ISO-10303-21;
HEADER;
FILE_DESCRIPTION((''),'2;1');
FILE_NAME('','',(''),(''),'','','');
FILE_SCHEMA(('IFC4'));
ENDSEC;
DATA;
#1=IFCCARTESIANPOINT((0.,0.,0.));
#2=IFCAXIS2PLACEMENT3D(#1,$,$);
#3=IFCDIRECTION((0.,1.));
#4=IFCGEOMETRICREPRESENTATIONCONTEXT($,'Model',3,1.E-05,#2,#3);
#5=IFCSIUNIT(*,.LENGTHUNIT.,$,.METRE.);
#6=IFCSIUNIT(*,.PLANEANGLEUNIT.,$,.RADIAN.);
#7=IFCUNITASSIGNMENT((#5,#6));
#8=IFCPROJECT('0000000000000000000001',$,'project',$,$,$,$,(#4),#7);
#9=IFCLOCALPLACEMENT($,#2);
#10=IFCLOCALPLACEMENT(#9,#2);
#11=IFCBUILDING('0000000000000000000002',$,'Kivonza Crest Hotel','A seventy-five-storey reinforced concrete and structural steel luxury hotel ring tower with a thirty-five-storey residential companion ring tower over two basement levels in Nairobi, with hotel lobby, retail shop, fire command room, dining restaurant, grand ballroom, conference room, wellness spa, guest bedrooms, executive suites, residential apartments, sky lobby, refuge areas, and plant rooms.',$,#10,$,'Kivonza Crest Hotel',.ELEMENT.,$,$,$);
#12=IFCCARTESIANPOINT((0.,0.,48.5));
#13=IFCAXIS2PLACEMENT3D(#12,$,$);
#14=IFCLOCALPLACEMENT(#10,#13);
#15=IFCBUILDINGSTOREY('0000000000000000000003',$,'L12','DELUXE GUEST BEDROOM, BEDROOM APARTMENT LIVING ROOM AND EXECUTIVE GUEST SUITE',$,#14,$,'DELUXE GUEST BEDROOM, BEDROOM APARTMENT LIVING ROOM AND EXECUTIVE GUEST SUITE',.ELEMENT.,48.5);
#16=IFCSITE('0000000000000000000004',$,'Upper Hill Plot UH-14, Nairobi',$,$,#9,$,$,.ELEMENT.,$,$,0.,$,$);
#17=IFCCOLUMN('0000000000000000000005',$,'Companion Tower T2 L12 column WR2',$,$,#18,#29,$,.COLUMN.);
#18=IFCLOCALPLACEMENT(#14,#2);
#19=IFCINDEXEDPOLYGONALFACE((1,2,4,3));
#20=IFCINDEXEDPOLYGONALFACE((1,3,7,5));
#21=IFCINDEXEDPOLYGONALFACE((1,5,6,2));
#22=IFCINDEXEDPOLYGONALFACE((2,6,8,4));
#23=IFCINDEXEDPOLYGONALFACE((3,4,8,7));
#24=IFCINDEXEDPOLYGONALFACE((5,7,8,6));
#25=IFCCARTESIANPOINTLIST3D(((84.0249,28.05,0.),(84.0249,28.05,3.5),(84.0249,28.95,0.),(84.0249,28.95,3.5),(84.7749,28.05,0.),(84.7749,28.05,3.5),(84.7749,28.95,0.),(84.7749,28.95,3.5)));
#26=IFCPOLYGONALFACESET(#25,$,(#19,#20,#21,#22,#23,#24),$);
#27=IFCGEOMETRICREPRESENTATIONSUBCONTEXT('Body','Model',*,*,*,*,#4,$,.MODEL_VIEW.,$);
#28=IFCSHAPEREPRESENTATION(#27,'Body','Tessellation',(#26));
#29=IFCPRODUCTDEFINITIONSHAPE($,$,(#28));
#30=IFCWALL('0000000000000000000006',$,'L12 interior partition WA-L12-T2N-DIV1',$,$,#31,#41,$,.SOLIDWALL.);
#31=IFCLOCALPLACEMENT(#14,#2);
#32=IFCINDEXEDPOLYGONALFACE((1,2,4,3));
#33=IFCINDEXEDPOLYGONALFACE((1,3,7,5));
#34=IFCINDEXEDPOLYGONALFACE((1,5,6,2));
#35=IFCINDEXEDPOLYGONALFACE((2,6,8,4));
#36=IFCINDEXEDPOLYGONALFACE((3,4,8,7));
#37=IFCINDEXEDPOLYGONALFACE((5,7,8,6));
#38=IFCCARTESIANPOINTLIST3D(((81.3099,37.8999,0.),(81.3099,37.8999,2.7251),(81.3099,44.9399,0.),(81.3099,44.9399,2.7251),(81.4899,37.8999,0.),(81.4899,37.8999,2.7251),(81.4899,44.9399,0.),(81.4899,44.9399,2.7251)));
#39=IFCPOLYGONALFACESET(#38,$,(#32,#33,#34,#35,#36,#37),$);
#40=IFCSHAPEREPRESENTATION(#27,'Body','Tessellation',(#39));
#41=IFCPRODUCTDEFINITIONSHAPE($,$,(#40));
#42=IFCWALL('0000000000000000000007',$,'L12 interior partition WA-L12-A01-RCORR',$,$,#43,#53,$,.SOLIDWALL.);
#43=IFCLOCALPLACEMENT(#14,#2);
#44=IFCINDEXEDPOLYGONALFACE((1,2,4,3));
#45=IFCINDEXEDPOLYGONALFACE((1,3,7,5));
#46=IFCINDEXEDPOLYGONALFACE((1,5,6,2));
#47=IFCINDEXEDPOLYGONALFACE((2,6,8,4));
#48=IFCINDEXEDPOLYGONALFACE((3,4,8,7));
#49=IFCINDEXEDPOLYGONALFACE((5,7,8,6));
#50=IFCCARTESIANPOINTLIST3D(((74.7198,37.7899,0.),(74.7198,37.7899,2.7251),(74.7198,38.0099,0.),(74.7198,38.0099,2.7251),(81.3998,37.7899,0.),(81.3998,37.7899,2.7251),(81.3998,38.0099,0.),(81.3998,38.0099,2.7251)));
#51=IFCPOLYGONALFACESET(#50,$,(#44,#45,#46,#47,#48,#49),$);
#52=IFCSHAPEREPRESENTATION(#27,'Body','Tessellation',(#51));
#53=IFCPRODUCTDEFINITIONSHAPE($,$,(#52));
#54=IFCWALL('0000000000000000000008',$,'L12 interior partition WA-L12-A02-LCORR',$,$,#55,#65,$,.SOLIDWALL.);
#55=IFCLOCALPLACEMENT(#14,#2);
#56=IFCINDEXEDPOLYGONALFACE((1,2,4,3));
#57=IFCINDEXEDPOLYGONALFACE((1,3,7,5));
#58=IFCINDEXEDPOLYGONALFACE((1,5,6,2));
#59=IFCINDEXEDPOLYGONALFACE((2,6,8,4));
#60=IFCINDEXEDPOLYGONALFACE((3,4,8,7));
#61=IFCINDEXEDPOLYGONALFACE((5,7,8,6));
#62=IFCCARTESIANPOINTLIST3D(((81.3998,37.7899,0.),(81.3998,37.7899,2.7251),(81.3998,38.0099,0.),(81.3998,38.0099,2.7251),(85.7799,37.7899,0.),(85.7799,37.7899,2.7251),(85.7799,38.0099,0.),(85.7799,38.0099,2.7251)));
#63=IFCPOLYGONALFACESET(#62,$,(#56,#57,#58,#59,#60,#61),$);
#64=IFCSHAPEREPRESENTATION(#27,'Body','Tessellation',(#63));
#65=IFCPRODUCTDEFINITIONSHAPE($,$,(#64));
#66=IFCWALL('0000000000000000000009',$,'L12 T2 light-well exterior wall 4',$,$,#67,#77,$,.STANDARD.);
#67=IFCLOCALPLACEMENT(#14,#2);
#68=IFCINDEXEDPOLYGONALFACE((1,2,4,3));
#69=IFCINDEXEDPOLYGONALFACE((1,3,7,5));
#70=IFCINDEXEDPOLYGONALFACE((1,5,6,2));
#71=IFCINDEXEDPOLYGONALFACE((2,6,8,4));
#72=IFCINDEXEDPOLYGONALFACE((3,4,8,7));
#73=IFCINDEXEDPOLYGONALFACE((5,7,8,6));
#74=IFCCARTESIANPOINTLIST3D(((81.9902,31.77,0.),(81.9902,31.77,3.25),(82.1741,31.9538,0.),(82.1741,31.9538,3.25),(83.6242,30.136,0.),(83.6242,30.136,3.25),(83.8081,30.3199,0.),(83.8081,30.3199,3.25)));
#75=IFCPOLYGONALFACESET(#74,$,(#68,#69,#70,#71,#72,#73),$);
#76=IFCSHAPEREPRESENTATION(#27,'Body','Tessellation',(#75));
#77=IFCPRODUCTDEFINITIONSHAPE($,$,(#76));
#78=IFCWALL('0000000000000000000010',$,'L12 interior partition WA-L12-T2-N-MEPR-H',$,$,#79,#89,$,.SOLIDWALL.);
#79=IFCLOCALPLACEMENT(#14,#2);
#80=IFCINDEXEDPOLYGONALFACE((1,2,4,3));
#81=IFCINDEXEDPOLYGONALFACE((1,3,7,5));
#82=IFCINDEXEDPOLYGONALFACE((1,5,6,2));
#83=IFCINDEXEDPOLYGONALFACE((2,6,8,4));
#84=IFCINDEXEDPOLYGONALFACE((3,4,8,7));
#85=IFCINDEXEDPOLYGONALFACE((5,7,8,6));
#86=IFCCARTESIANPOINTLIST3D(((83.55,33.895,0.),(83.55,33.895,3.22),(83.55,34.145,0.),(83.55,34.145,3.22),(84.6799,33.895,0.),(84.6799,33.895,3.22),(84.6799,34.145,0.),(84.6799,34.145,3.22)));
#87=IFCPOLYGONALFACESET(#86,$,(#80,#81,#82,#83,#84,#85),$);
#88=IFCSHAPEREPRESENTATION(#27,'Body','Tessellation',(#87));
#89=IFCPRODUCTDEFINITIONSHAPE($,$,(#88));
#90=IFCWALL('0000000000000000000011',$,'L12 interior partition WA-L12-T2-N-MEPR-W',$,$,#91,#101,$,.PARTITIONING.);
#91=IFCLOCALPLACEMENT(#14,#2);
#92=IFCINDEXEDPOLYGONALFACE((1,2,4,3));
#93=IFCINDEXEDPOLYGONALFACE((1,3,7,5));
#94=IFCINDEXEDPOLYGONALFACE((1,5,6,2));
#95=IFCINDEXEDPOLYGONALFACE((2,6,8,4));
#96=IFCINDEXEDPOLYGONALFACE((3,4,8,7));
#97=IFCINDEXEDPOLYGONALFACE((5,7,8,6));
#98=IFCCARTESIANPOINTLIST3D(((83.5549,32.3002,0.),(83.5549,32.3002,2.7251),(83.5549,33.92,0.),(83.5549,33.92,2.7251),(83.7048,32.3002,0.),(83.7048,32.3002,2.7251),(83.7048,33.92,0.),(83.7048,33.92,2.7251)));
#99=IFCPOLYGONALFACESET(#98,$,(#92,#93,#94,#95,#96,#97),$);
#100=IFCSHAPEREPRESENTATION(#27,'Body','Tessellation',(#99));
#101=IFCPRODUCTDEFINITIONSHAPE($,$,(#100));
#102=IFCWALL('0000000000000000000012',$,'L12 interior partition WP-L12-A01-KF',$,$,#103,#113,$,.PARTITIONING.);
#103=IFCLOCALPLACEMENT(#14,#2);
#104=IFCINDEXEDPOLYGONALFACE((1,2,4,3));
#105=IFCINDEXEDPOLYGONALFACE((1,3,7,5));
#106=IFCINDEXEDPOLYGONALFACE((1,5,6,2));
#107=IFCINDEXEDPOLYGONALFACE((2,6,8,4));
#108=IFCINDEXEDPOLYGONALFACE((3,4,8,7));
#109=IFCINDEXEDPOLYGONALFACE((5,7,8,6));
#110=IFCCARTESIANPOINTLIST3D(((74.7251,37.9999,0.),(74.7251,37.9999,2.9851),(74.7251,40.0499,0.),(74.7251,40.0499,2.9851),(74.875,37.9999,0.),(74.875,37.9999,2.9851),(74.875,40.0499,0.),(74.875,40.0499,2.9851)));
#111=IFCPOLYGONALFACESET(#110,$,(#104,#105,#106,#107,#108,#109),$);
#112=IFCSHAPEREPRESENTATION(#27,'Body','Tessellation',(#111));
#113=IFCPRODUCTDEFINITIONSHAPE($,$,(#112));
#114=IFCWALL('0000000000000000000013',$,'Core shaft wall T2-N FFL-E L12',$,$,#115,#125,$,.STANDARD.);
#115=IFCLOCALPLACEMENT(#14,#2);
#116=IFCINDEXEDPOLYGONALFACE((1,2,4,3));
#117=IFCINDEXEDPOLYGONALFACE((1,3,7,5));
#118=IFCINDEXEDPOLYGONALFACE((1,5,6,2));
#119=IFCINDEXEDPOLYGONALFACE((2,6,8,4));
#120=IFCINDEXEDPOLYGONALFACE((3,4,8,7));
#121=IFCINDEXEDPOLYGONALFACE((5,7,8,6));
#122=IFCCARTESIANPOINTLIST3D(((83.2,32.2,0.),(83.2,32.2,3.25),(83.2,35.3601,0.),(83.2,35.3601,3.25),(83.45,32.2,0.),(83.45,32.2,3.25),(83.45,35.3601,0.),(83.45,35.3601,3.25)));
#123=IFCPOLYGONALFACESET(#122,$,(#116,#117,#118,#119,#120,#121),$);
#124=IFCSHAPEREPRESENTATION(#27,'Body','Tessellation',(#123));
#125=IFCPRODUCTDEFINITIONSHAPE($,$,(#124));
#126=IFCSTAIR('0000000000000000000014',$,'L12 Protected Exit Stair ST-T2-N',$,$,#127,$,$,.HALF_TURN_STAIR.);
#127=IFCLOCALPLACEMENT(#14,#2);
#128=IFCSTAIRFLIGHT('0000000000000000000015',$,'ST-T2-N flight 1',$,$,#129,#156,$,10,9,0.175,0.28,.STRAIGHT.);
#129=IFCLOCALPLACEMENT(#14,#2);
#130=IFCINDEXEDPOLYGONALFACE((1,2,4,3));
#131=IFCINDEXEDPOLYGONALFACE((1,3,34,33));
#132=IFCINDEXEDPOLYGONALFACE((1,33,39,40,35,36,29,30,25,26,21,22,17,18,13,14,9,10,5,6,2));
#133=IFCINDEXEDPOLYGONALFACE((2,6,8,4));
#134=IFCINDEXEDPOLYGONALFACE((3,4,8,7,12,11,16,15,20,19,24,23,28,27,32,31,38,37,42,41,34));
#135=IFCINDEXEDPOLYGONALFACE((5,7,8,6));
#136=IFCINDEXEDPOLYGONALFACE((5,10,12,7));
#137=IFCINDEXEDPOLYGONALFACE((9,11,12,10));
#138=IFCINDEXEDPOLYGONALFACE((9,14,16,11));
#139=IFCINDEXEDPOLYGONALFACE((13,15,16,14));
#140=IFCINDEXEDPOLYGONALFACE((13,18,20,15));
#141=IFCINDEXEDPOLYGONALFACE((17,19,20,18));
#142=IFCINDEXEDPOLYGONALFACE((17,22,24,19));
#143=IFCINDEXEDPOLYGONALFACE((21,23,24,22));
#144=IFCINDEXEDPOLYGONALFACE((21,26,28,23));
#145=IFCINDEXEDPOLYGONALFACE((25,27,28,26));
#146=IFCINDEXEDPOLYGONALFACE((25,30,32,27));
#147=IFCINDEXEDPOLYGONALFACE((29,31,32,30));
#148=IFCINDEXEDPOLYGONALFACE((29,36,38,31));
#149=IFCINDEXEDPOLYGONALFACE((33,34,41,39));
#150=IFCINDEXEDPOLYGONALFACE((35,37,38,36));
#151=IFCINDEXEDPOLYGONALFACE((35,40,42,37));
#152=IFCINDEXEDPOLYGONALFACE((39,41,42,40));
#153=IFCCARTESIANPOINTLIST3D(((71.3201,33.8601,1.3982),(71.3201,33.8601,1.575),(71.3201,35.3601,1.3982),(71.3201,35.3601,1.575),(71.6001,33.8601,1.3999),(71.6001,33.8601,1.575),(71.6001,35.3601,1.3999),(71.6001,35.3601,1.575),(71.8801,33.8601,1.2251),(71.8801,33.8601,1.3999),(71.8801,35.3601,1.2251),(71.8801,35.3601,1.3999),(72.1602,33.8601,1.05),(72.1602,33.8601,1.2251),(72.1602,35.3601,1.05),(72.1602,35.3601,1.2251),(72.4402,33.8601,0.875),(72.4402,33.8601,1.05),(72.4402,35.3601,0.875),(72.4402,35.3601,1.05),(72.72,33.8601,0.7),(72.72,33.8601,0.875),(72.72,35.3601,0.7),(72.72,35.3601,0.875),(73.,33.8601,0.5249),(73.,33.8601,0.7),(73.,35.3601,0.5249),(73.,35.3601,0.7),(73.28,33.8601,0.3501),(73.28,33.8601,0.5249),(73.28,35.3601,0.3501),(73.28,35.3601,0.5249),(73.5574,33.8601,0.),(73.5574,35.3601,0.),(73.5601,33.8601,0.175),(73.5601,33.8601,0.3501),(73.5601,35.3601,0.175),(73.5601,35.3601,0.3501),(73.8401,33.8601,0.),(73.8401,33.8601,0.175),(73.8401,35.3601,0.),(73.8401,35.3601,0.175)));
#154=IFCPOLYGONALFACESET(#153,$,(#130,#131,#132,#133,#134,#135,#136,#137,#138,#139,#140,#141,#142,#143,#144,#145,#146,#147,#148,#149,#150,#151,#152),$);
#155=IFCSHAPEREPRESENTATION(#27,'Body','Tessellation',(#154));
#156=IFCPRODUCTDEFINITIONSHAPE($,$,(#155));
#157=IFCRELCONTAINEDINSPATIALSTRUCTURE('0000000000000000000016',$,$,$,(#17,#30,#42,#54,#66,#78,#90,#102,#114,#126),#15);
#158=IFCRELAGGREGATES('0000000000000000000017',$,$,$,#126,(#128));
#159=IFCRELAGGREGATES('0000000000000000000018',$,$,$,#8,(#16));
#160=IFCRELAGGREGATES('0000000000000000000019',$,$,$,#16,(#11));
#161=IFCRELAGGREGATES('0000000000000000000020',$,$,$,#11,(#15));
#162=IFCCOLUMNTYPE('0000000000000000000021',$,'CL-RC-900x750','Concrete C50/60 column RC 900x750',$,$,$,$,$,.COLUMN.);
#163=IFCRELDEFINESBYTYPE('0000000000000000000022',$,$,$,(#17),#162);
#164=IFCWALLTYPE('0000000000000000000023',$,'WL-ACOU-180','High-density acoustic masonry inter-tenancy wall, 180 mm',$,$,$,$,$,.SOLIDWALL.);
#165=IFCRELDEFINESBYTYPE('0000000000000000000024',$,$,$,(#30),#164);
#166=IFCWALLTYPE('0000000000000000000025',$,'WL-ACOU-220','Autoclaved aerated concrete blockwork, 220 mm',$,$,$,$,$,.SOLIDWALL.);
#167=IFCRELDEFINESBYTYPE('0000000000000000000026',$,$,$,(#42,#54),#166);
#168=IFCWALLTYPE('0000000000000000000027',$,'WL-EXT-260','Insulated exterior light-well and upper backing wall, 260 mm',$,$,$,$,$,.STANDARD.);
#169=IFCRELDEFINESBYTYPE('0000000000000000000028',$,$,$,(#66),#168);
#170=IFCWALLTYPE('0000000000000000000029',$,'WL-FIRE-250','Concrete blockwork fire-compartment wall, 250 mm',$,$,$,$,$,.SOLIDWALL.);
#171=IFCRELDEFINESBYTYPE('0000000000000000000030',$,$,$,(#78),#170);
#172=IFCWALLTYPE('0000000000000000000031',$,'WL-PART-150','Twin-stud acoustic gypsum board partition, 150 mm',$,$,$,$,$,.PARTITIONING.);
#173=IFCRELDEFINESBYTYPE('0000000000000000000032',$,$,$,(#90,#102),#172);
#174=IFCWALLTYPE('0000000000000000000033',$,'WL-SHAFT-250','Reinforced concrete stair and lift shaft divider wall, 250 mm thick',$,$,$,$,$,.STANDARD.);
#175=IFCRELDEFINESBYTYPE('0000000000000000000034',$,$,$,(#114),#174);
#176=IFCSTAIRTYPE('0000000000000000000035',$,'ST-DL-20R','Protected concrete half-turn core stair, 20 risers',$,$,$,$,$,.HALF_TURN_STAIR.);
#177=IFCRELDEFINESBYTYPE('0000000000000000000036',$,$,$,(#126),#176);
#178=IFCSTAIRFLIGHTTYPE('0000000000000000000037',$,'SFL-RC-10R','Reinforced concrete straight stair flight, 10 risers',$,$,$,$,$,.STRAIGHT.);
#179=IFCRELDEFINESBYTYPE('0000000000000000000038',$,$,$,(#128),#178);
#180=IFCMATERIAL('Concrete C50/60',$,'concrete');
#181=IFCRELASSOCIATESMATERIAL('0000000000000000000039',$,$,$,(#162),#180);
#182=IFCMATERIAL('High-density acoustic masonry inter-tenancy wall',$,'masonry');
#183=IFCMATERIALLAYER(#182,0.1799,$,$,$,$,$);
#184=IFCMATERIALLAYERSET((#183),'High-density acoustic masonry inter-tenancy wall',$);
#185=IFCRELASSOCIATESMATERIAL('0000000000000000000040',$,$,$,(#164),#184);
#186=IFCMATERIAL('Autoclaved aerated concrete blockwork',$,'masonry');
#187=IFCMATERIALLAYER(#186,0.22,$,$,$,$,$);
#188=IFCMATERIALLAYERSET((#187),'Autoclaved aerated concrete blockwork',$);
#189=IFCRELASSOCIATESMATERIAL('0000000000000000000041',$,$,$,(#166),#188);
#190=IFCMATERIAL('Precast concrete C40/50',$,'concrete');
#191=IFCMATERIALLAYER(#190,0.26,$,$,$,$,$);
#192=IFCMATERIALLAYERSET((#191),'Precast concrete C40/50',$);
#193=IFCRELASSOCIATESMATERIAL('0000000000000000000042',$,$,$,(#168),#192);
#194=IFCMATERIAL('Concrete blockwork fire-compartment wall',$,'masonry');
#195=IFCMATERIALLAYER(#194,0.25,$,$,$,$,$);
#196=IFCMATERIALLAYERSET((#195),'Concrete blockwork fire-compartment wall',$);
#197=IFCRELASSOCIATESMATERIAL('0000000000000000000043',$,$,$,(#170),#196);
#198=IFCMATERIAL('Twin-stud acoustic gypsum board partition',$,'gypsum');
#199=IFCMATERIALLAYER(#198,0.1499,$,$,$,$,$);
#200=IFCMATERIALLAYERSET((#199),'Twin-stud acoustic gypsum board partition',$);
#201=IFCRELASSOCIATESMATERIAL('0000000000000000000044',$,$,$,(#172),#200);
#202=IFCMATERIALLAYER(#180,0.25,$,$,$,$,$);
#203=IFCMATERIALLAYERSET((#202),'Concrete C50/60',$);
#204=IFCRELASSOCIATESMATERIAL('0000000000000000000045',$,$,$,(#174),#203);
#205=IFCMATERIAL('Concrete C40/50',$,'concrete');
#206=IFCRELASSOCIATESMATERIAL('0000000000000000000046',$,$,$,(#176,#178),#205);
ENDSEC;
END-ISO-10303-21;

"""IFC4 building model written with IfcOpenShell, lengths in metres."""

from ifc_helpers import new_model, si_unit, direction, frame, frame_2d, origin, origin_2d, place, context, subcontext, project, spatial, polyline, rectangle, outline, extrude, material, layer, layer_set, material_profile, profile_set, type_object, element, aggregate, save


model = new_model("IFC4")

# Units and contexts
model_context = context("Model", 3, precision=1e-05, world=origin(), true_north=direction((0.0, 1.0)))
body_context = subcontext(model_context, "Body", "Model", "MODEL_VIEW")
ifc_project = project(units=[si_unit("LENGTHUNIT", "METRE"), si_unit("PLANEANGLEUNIT", "RADIAN")], contexts=[model_context])

# Site, building, storey
site_placement = place(None, origin())
site = spatial("IfcSite", under=ifc_project, at=site_placement, Name="Upper Hill Plot UH-14, Nairobi", CompositionType="ELEMENT", RefElevation=0.0)
building_placement = place(site_placement, origin())
building = spatial("IfcBuilding", under=site, at=building_placement, Name="Kivonza Crest Hotel", Description="A seventy-five-storey reinforced concrete and structural steel luxury hotel ring tower with a thirty-five-storey residential companion ring tower over two basement levels in Nairobi, with hotel lobby, retail shop, fire command room, dining restaurant, grand ballroom, conference room, wellness spa, guest bedrooms, executive suites, residential apartments, sky lobby, refuge areas, and plant rooms.", LongName="Kivonza Crest Hotel", CompositionType="ELEMENT")
storey_placement = place(building_placement, frame((0.0, 0.0, 48.5)))
storey = spatial("IfcBuildingStorey", under=building, at=storey_placement, Name="L12", Description="DELUXE GUEST BEDROOM, BEDROOM APARTMENT LIVING ROOM AND EXECUTIVE GUEST SUITE", LongName="DELUXE GUEST BEDROOM, BEDROOM APARTMENT LIVING ROOM AND EXECUTIVE GUEST SUITE", CompositionType="ELEMENT", Elevation=48.5)

# Column
ifc_material_1 = material(Name="Concrete C50/60", Category="concrete")
ifc_material_profile = material_profile(ifc_material_1, rectangle(XDim=0.75, YDim=0.8999, at=origin_2d()), Name="RC 900x750")
ifc_profile_set = profile_set([ifc_material_profile], Name="Concrete C50/60")
column_type = type_object("IfcColumnType", Name="CL-RC-900x750", Description="Concrete C50/60 column RC 900x750", PredefinedType="COLUMN", material=ifc_profile_set)
column_placement = place(storey_placement, frame((84.3999, 28.5, 0.0), z_axis=(0.0, 0.0, 1.0), x_axis=(1.0, 0.0, 0.0)))
element("IfcColumn", 1, at=column_placement, inside=storey, type_object=column_type, Name="Companion Tower T2 L12 column WR2", PredefinedType="COLUMN", context=body_context, shape_type="SweptSolid", body=[
    extrude(rectangle(XDim=0.75, YDim=0.8999, at=origin_2d()), origin(), (0.0, 0.0, 1.0), 3.5),
])

# Walls
ifc_material_2 = material(Name="High-density acoustic masonry inter-tenancy wall", Category="masonry")
ifc_layer_1 = layer(ifc_material_2, 0.1799)
ifc_layer_set_1 = layer_set([ifc_layer_1], Name="High-density acoustic masonry inter-tenancy wall")
wall_type_1 = type_object("IfcWallType", Name="WL-ACOU-180", Description="High-density acoustic masonry inter-tenancy wall, 180 mm", PredefinedType="SOLIDWALL", material=ifc_layer_set_1)
wall_1_placement = place(storey_placement, frame((81.3999, 37.8999, 0.0), z_axis=(0.0, 0.0, 1.0), x_axis=(0.0, 1.0, 0.0)))
element("IfcWall", 2, at=wall_1_placement, inside=storey, type_object=wall_type_1, Name="L12 interior partition WA-L12-T2N-DIV1", PredefinedType="SOLIDWALL", context=body_context, shape_type="SweptSolid", body=[
    extrude(rectangle(XDim=7.04, YDim=0.1799, at=frame_2d((3.52, 0.0))), origin(), (0.0, 0.0, 1.0), 2.7251),
])
ifc_material_3 = material(Name="Autoclaved aerated concrete blockwork", Category="masonry")
ifc_layer_2 = layer(ifc_material_3, 0.22)
ifc_layer_set_2 = layer_set([ifc_layer_2], Name="Autoclaved aerated concrete blockwork")
wall_type_2 = type_object("IfcWallType", Name="WL-ACOU-220", Description="Autoclaved aerated concrete blockwork, 220 mm", PredefinedType="SOLIDWALL", material=ifc_layer_set_2)
wall_2_placement = place(storey_placement, frame((74.72, 37.8999, 0.0), z_axis=(0.0, 0.0, 1.0), x_axis=(1.0, 0.0, 0.0)))
element("IfcWall", 3, at=wall_2_placement, inside=storey, type_object=wall_type_2, Name="L12 interior partition WA-L12-A01-RCORR", PredefinedType="SOLIDWALL", context=body_context, shape_type="SweptSolid", body=[
    extrude(rectangle(XDim=6.6799, YDim=0.22, at=frame_2d((3.3398, 0.0))), origin(), (0.0, 0.0, 1.0), 2.7251),
])
wall_3_placement = place(storey_placement, frame((81.3999, 37.8999, 0.0), z_axis=(0.0, 0.0, 1.0), x_axis=(1.0, 0.0, 0.0)))
element("IfcWall", 4, at=wall_3_placement, inside=storey, type_object=wall_type_2, Name="L12 interior partition WA-L12-A02-LCORR", PredefinedType="SOLIDWALL", context=body_context, shape_type="SweptSolid", body=[
    extrude(rectangle(XDim=4.3801, YDim=0.22, at=frame_2d((2.1899, 0.0))), origin(), (0.0, 0.0, 1.0), 2.7251),
])
ifc_material_4 = material(Name="Precast concrete C40/50", Category="concrete")
ifc_layer_3 = layer(ifc_material_4, 0.26)
ifc_layer_set_3 = layer_set([ifc_layer_3], Name="Precast concrete C40/50")
wall_type_3 = type_object("IfcWallType", Name="WL-EXT-260", Description="Insulated exterior light-well and upper backing wall, 260 mm", PredefinedType="STANDARD", material=ifc_layer_set_3)
wall_4_placement = place(storey_placement, frame((83.7161, 30.228, 0.0), z_axis=(0.0, 0.0, 1.0), x_axis=(-0.707107, 0.707107, 0.0)))
element("IfcWall", 5, at=wall_4_placement, inside=storey, type_object=wall_type_3, Name="L12 T2 light-well exterior wall 4", PredefinedType="STANDARD", context=body_context, shape_type="SweptSolid", body=[
    extrude(rectangle(XDim=2.3108, YDim=0.26, at=frame_2d((1.1553, 0.0))), origin(), (0.0, 0.0, 1.0), 3.25),
])
ifc_material_5 = material(Name="Concrete blockwork fire-compartment wall", Category="masonry")
ifc_layer_4 = layer(ifc_material_5, 0.25)
ifc_layer_set_4 = layer_set([ifc_layer_4], Name="Concrete blockwork fire-compartment wall")
wall_type_4 = type_object("IfcWallType", Name="WL-FIRE-250", Description="Concrete blockwork fire-compartment wall, 250 mm", PredefinedType="SOLIDWALL", material=ifc_layer_set_4)
wall_5_placement = place(storey_placement, frame((83.55, 34.02, 0.0), z_axis=(0.0, 0.0, 1.0), x_axis=(1.0, 0.0, 0.0)))
element("IfcWall", 6, at=wall_5_placement, inside=storey, type_object=wall_type_4, Name="L12 interior partition WA-L12-T2-N-MEPR-H", PredefinedType="SOLIDWALL", context=body_context, shape_type="SweptSolid", body=[
    extrude(rectangle(XDim=1.1299, YDim=0.25, at=frame_2d((0.5649, 0.0))), origin(), (0.0, 0.0, 1.0), 3.22),
])
ifc_material_6 = material(Name="Twin-stud acoustic gypsum board partition", Category="gypsum")
ifc_layer_5 = layer(ifc_material_6, 0.1499)
ifc_layer_set_5 = layer_set([ifc_layer_5], Name="Twin-stud acoustic gypsum board partition")
wall_type_5 = type_object("IfcWallType", Name="WL-PART-150", Description="Twin-stud acoustic gypsum board partition, 150 mm", PredefinedType="PARTITIONING", material=ifc_layer_set_5)
wall_6_placement = place(storey_placement, frame((83.6299, 32.3, 0.0), z_axis=(0.0, 0.0, 1.0), x_axis=(0.0, 1.0, 0.0)))
element("IfcWall", 7, at=wall_6_placement, inside=storey, type_object=wall_type_5, Name="L12 interior partition WA-L12-T2-N-MEPR-W", PredefinedType="PARTITIONING", context=body_context, shape_type="SweptSolid", body=[
    extrude(rectangle(XDim=1.6199, YDim=0.1499, at=frame_2d((0.8101, 0.0))), origin(), (0.0, 0.0, 1.0), 2.7251),
])
wall_7_placement = place(storey_placement, frame((74.8, 38.0, 0.0), z_axis=(0.0, 0.0, 1.0), x_axis=(0.0, 1.0, 0.0)))
element("IfcWall", 8, at=wall_7_placement, inside=storey, type_object=wall_type_5, Name="L12 interior partition WP-L12-A01-KF", PredefinedType="PARTITIONING", context=body_context, shape_type="SweptSolid", body=[
    extrude(rectangle(XDim=2.05, YDim=0.1499, at=frame_2d((1.0249, 0.0))), origin(), (0.0, 0.0, 1.0), 2.9851),
])

# Shared definitions
ifc_layer_6 = layer(ifc_material_1, 0.25)
ifc_layer_set_6 = layer_set([ifc_layer_6], Name="Concrete C50/60")
wall_type_6 = type_object("IfcWallType", Name="WL-SHAFT-250", Description="Reinforced concrete stair and lift shaft divider wall, 250 mm thick", PredefinedType="STANDARD", material=ifc_layer_set_6)

# Wall
wall_8_placement = place(storey_placement, frame((83.325, 32.2, 0.0), z_axis=(0.0, 0.0, 1.0), x_axis=(0.0, 1.0, 0.0)))
element("IfcWall", 9, at=wall_8_placement, inside=storey, type_object=wall_type_6, Name="Core shaft wall T2-N FFL-E L12", PredefinedType="STANDARD", context=body_context, shape_type="SweptSolid", body=[
    extrude(rectangle(XDim=3.1602, YDim=0.25, at=frame_2d((1.5801, 0.0))), origin(), (0.0, 0.0, 1.0), 3.25),
])

# Stair, stair flight
ifc_material_7 = material(Name="Concrete C40/50", Category="concrete")
stair_type = type_object("IfcStairType", Name="ST-DL-20R", Description="Protected concrete half-turn core stair, 20 risers", PredefinedType="HALF_TURN_STAIR", material=ifc_material_7)
stair_placement = place(storey_placement, origin())
stair = element("IfcStair", 10, at=stair_placement, inside=storey, type_object=stair_type, Name="L12 Protected Exit Stair ST-T2-N", PredefinedType="HALF_TURN_STAIR")
stair_flight_type = type_object("IfcStairFlightType", Name="SFL-RC-10R", Description="Reinforced concrete straight stair flight, 10 risers", PredefinedType="STRAIGHT", material=ifc_material_7)
stair_flight_placement = place(storey_placement, frame((73.8401, 34.6101, 0.0), z_axis=(0.0, 0.0, 1.0), x_axis=(-1.0, 0.0, 0.0)))
stair_flight = element("IfcStairFlight", 11, at=stair_flight_placement, type_object=stair_flight_type, Name="ST-T2-N flight 1", NumberOfRisers=10, NumberOfTreads=9, PredefinedType="STRAIGHT", RiserHeight=0.175, TreadLength=0.28, context=body_context, shape_type="SweptSolid", body=[
    extrude(outline(polyline([(0.0, 0.0), (0.0, 0.175), (0.28, 0.175), (0.28, 0.3501), (0.5601, 0.3501), (0.5601, 0.5249), (0.8401, 0.5249), (0.8401, 0.7), (1.1201, 0.7), (1.1201, 0.875), (1.3999, 0.875), (1.3999, 1.05), (1.6799, 1.05), (1.6799, 1.2251), (1.96, 1.2251), (1.96, 1.3999), (2.24, 1.3999), (2.24, 1.575), (2.52, 1.575), (2.52, 1.75), (2.52, 1.3982), (0.2827, 0.0), (0.0, 0.0)])), frame((0.0, 0.75, 0.0), z_axis=(0.0, -1.0, 0.0), x_axis=(1.0, 0.0, 0.0)), (0.0, 0.0, 1.0), 1.5),
])
aggregate(stair, [stair_flight])

save(model, "model.ifc")
